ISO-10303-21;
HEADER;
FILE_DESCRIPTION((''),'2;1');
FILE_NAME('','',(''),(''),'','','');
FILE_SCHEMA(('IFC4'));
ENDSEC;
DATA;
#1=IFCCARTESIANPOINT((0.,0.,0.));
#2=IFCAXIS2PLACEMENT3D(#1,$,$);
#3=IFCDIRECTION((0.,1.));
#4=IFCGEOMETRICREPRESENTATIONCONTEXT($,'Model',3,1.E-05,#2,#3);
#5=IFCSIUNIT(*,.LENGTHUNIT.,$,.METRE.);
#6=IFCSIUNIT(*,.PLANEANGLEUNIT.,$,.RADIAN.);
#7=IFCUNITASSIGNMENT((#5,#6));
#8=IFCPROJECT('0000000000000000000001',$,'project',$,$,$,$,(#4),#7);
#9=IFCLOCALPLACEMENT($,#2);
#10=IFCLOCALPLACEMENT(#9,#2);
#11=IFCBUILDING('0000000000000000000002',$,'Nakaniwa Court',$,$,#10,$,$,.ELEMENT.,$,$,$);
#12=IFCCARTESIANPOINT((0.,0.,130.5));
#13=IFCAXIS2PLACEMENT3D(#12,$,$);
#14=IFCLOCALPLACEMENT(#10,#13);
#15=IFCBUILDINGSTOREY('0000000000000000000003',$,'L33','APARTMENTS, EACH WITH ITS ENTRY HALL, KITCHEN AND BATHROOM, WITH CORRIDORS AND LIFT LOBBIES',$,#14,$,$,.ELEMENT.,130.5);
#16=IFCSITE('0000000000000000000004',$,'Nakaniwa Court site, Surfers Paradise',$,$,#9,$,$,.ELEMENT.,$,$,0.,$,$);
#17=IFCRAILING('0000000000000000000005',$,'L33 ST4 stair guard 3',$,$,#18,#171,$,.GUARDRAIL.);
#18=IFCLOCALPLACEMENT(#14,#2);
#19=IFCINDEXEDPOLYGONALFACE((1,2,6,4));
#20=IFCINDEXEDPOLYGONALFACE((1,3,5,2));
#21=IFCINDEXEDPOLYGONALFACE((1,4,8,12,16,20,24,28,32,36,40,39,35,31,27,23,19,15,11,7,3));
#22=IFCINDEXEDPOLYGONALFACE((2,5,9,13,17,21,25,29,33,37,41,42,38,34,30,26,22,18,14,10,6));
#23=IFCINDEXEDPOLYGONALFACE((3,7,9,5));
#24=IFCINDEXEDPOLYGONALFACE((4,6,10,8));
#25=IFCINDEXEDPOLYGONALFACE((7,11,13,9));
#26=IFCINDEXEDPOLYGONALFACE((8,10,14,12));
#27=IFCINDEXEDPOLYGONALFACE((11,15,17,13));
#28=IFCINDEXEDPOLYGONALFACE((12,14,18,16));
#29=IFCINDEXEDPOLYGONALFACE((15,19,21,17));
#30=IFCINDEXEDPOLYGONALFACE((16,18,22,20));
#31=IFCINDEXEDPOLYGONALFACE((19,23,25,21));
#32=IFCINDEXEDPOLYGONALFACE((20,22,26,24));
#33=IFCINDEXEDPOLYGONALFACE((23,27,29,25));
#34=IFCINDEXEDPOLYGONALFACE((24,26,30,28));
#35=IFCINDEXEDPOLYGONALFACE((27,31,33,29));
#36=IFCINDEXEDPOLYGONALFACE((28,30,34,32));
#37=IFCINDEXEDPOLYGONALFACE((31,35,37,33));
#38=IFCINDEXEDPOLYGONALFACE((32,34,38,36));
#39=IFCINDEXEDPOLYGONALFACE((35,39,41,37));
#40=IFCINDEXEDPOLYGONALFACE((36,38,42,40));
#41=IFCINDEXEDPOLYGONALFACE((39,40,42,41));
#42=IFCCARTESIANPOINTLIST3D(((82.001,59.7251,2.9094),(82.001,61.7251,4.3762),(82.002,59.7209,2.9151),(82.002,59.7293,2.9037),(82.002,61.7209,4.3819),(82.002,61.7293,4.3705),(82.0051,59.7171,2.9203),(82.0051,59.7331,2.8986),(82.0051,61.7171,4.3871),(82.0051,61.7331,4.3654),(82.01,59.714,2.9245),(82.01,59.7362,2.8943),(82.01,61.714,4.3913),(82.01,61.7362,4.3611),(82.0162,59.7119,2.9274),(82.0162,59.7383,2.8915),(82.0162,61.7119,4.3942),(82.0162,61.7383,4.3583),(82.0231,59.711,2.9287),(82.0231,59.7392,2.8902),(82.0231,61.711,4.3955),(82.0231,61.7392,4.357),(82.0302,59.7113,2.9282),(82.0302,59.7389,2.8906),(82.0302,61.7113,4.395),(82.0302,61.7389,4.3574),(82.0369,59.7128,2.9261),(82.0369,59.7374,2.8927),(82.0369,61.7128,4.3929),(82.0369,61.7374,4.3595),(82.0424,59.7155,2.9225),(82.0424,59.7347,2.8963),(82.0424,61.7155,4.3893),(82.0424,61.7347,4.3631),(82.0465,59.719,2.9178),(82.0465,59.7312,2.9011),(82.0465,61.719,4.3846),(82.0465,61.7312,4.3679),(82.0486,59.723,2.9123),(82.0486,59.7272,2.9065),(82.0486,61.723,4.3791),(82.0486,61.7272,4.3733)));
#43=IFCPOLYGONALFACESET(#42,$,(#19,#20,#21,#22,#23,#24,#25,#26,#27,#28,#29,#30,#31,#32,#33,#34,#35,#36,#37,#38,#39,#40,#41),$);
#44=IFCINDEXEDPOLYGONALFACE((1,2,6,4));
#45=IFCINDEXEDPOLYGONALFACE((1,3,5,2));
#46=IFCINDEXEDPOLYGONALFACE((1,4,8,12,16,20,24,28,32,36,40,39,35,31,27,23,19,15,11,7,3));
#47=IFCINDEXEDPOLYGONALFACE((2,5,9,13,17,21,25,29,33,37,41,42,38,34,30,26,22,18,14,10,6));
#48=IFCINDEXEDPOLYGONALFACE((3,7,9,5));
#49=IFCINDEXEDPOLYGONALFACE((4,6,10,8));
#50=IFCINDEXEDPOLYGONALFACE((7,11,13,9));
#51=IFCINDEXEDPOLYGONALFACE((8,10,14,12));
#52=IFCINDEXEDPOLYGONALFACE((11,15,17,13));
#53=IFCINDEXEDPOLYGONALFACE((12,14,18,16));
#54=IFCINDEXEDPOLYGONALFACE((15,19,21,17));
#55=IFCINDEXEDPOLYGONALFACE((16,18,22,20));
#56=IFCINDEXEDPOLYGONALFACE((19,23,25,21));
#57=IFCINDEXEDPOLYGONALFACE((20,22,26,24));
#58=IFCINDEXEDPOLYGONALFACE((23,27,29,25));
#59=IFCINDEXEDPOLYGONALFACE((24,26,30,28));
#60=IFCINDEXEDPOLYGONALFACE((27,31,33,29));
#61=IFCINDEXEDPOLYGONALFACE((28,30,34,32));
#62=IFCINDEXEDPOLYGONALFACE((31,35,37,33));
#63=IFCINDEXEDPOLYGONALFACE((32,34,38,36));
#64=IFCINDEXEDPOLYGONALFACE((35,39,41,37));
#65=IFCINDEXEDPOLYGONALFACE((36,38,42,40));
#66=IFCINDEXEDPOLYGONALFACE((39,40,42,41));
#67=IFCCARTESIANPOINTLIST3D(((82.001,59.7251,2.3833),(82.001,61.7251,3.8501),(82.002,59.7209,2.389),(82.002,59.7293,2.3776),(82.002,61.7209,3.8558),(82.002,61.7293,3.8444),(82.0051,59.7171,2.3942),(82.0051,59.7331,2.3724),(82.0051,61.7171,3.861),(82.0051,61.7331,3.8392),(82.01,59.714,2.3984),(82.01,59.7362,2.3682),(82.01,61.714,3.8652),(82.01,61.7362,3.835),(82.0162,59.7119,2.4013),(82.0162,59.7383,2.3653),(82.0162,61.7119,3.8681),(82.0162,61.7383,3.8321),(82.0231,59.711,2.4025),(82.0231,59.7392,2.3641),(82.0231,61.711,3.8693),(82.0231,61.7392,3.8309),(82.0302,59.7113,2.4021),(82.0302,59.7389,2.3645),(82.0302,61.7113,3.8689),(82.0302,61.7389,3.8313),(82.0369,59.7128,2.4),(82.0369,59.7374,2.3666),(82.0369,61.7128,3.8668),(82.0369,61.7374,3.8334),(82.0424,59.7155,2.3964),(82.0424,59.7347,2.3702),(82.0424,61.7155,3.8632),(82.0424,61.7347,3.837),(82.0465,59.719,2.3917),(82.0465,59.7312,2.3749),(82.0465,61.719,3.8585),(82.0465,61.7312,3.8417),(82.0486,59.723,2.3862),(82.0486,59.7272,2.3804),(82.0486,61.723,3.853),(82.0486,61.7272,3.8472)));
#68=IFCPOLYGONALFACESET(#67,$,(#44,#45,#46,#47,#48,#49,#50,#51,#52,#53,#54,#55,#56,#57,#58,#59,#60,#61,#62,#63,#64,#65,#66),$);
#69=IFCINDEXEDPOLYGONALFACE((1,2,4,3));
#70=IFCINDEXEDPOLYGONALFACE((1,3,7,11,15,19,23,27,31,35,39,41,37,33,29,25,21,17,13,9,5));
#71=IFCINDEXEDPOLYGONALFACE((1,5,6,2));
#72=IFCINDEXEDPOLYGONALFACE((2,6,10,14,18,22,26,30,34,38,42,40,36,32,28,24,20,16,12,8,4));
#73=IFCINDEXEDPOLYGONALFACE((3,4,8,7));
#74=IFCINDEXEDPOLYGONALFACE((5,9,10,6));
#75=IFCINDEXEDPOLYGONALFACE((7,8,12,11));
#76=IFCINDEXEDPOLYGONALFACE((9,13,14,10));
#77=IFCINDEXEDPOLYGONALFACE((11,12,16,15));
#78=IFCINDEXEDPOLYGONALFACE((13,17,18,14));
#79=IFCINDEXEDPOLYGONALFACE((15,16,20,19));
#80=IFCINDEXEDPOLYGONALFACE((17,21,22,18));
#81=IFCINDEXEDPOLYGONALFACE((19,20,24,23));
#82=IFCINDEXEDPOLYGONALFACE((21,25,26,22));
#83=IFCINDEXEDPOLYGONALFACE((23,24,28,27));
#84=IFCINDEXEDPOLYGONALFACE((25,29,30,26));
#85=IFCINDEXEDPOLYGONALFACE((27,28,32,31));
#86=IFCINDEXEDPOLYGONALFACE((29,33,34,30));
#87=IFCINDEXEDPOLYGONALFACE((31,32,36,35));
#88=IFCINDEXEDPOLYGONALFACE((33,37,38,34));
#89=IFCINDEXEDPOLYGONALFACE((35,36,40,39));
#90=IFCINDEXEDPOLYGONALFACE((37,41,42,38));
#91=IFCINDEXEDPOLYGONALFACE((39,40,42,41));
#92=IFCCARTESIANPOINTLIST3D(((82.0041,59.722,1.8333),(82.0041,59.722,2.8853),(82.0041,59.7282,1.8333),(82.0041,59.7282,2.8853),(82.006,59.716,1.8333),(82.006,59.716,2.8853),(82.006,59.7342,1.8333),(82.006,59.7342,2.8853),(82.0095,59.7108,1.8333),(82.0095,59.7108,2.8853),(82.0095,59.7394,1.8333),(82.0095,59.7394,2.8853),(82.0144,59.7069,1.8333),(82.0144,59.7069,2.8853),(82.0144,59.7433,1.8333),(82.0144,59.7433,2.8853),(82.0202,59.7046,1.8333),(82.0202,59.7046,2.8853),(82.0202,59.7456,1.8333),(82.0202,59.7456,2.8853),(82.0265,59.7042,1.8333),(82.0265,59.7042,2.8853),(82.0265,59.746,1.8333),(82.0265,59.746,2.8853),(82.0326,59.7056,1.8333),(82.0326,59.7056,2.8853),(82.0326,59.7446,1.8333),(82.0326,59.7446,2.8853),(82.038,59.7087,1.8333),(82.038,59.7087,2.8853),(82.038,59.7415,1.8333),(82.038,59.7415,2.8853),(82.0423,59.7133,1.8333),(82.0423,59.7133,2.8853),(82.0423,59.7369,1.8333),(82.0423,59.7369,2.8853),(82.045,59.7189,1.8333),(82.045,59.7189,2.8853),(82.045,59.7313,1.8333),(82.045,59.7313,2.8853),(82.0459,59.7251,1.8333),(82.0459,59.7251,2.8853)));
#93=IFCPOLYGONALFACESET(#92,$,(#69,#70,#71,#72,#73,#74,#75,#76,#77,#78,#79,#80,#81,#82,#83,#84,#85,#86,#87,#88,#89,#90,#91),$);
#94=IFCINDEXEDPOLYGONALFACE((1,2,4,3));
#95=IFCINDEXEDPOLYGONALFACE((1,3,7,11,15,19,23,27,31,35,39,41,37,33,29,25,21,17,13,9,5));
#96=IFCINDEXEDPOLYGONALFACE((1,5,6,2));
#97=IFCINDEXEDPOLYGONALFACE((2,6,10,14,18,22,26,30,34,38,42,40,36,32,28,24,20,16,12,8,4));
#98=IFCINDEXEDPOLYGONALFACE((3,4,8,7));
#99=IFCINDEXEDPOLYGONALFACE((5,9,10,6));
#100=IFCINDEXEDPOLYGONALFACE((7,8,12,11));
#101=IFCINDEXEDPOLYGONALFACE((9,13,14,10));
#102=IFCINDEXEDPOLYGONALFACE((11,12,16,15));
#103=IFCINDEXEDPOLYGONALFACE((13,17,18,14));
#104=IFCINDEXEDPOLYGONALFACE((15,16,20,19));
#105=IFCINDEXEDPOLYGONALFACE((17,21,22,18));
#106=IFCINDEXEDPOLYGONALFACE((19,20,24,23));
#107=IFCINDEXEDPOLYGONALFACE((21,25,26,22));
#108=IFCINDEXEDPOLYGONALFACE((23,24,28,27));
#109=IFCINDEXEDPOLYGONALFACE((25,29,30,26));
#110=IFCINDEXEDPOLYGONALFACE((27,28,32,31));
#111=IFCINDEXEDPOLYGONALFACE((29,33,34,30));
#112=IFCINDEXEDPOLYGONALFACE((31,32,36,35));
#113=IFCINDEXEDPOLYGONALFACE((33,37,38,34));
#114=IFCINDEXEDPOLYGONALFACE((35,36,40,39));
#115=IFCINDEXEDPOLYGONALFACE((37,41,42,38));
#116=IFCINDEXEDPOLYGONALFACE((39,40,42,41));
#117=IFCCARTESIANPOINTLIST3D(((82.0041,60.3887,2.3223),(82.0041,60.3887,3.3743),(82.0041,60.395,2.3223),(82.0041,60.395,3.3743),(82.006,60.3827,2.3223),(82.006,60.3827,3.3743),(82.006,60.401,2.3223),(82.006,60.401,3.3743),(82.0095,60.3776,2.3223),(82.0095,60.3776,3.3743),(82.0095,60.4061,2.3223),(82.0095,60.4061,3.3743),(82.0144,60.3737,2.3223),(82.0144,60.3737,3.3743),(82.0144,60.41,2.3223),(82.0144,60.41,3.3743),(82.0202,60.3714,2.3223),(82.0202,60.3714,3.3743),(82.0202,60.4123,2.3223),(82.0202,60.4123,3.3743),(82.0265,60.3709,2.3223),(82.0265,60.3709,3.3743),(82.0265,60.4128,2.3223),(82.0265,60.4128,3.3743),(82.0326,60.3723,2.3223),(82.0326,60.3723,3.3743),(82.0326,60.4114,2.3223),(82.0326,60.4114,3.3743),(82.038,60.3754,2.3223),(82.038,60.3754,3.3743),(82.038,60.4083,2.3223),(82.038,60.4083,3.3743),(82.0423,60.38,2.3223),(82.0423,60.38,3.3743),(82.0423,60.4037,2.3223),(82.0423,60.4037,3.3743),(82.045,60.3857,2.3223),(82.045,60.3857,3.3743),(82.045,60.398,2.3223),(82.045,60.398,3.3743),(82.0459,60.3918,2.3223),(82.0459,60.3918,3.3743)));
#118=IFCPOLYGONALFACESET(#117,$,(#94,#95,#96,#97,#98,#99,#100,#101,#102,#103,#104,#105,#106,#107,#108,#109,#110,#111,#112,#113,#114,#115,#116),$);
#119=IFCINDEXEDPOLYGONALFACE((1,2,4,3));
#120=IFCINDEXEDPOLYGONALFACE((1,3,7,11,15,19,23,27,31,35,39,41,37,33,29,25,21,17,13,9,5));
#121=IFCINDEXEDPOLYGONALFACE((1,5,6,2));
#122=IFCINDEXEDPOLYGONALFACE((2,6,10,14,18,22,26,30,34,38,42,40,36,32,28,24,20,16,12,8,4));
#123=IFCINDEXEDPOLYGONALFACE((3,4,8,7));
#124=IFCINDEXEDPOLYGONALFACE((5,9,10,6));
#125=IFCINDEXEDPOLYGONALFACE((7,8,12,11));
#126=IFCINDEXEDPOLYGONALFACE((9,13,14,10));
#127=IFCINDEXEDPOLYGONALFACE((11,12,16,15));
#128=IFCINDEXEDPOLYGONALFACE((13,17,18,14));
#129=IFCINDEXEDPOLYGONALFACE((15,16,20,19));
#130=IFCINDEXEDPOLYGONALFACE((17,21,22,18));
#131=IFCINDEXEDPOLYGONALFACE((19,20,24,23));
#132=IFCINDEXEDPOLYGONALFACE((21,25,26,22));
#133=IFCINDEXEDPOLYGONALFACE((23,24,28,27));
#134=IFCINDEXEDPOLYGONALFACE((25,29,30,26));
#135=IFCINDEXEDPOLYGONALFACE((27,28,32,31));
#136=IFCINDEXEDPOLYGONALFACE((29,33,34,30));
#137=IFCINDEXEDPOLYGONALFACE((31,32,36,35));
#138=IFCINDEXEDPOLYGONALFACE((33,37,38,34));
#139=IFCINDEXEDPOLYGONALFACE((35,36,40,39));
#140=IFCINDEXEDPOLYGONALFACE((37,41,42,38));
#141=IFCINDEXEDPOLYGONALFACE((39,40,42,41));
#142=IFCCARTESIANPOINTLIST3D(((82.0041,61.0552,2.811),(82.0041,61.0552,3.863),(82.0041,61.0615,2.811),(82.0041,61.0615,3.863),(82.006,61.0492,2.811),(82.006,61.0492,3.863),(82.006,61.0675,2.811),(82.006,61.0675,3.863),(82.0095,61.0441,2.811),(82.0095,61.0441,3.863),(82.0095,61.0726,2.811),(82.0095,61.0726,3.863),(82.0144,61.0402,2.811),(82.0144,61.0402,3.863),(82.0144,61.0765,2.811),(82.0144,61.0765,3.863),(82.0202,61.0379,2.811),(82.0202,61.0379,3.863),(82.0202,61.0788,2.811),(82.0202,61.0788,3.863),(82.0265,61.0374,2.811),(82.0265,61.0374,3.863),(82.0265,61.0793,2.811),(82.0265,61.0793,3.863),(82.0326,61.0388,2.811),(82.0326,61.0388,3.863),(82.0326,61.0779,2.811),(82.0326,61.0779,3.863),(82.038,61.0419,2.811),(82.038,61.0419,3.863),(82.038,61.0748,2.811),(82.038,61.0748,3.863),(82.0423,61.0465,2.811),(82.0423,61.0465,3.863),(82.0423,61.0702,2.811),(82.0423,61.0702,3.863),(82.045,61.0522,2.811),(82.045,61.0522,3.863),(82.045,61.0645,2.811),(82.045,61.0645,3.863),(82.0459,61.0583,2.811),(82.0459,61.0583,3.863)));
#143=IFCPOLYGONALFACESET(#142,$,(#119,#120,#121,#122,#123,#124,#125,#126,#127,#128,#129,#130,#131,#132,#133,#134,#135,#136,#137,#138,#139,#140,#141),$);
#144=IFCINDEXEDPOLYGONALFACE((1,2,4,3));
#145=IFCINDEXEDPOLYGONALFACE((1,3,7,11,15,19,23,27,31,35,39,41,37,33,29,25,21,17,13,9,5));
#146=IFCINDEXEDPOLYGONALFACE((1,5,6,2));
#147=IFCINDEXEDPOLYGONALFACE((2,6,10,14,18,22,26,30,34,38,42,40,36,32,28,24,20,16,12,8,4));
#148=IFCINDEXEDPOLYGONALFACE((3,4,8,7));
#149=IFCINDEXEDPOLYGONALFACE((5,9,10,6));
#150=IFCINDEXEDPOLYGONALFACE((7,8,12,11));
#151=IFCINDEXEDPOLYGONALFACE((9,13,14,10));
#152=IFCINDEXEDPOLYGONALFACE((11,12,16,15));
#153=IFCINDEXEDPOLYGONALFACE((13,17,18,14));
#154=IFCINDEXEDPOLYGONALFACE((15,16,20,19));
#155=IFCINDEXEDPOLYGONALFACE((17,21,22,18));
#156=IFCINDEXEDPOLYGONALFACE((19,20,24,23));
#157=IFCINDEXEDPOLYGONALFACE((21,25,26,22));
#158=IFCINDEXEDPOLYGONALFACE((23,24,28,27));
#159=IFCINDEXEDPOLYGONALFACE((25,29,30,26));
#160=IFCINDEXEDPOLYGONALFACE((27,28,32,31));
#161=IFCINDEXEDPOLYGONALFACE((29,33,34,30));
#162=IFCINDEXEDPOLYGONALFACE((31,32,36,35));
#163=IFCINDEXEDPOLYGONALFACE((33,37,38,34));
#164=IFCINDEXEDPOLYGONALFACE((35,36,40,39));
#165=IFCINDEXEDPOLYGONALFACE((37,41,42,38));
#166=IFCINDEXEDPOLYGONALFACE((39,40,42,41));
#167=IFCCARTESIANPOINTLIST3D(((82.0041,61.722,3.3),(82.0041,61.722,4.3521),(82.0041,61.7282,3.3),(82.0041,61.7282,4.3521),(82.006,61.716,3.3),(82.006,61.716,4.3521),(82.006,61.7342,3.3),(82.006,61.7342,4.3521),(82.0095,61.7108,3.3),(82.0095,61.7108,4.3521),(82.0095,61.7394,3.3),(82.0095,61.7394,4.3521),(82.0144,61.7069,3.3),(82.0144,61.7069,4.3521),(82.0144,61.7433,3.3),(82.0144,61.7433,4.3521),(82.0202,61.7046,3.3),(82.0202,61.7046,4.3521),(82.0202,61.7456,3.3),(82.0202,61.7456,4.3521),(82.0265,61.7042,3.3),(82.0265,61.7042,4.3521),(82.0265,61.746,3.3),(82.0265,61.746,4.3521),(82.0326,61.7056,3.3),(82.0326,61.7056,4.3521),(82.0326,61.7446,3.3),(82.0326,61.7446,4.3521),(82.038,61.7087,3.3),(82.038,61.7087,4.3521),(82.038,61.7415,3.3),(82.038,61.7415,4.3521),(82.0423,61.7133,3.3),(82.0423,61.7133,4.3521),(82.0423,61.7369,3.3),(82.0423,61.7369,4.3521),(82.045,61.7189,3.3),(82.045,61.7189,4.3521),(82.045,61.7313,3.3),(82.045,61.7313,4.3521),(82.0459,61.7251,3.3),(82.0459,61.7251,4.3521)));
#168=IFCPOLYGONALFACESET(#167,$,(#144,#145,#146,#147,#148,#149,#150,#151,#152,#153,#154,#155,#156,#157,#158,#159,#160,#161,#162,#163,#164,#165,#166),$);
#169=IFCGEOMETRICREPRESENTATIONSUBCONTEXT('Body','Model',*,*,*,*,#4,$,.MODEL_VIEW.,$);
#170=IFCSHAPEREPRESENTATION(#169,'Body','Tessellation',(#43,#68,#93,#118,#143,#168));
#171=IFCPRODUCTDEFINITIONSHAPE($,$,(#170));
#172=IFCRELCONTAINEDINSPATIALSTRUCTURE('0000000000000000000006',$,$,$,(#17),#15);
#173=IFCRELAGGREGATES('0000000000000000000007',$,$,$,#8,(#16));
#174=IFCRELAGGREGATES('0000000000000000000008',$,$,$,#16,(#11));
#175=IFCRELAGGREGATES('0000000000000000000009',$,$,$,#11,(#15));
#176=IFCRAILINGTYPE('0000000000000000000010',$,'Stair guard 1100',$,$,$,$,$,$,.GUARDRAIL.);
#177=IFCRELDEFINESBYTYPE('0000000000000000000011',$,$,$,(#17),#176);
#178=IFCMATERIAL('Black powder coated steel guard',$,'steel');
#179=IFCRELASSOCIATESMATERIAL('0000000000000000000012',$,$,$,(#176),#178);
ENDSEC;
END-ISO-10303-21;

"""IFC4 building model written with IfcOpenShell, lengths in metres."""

from ifc_helpers import new_model, si_unit, direction, frame, origin, origin_2d, place, context, subcontext, project, spatial, circle, extrude, material, type_object, element, save


model = new_model("IFC4")

# Units and contexts
model_context = context("Model", 3, precision=1e-05, world=origin(), true_north=direction((0.0, 1.0)))
body_context = subcontext(model_context, "Body", "Model", "MODEL_VIEW")
ifc_project = project(units=[si_unit("LENGTHUNIT", "METRE"), si_unit("PLANEANGLEUNIT", "RADIAN")], contexts=[model_context])

# Site, building, storey
site_placement = place(None, origin())
site = spatial("IfcSite", under=ifc_project, at=site_placement, Name="Nakaniwa Court site, Surfers Paradise", CompositionType="ELEMENT", RefElevation=0.0)
building_placement = place(site_placement, origin())
building = spatial("IfcBuilding", under=site, at=building_placement, Name="Nakaniwa Court", CompositionType="ELEMENT")
storey_placement = place(building_placement, frame((0.0, 0.0, 130.5)))
storey = spatial("IfcBuildingStorey", under=building, at=storey_placement, Name="L33", Description="APARTMENTS, EACH WITH ITS ENTRY HALL, KITCHEN AND BATHROOM, WITH CORRIDORS AND LIFT LOBBIES", CompositionType="ELEMENT", Elevation=130.5)

# Railing
ifc_material_1 = material(Name="Black powder coated steel guard", Category="steel")
railing_type_1 = type_object("IfcRailingType", Name="Stair guard 1100", PredefinedType="GUARDRAIL", material=ifc_material_1)
railing_1_placement = place(storey_placement, frame((82.0249, 59.7251, 1.8333)))
element("IfcRailing", 1, at=railing_1_placement, inside=storey, type_object=railing_type_1, Name="L33 ST4 stair guard 3", PredefinedType="GUARDRAIL", context=body_context, shape_type="SweptSolid", body=[
    extrude(circle(Radius=0.0239, at=origin_2d()), frame((0.0, 0.0, 1.0762), z_axis=(0.0, 0.80638, 0.591398), x_axis=(-1.0, 0.0, 0.0)), (0.0, 0.0, 1.0), 2.4802),
    extrude(circle(Radius=0.0239, at=origin_2d()), frame((0.0, 0.0, 0.55), z_axis=(0.0, 0.80638, 0.591398), x_axis=(-1.0, 0.0, 0.0)), (0.0, 0.0, 1.0), 2.4802),
    extrude(circle(Radius=0.021, at=origin_2d()), origin(), (0.0, 0.0, 1.0), 1.052),
    extrude(circle(Radius=0.021, at=origin_2d()), frame((0.0, 0.6667, 0.489)), (0.0, 0.0, 1.0), 1.052),
    extrude(circle(Radius=0.021, at=origin_2d()), frame((0.0, 1.3333, 0.9778)), (0.0, 0.0, 1.0), 1.052),
    extrude(circle(Radius=0.021, at=origin_2d()), frame((0.0, 2.0, 1.4668)), (0.0, 0.0, 1.0), 1.052),
])

save(model, "model.ifc")
